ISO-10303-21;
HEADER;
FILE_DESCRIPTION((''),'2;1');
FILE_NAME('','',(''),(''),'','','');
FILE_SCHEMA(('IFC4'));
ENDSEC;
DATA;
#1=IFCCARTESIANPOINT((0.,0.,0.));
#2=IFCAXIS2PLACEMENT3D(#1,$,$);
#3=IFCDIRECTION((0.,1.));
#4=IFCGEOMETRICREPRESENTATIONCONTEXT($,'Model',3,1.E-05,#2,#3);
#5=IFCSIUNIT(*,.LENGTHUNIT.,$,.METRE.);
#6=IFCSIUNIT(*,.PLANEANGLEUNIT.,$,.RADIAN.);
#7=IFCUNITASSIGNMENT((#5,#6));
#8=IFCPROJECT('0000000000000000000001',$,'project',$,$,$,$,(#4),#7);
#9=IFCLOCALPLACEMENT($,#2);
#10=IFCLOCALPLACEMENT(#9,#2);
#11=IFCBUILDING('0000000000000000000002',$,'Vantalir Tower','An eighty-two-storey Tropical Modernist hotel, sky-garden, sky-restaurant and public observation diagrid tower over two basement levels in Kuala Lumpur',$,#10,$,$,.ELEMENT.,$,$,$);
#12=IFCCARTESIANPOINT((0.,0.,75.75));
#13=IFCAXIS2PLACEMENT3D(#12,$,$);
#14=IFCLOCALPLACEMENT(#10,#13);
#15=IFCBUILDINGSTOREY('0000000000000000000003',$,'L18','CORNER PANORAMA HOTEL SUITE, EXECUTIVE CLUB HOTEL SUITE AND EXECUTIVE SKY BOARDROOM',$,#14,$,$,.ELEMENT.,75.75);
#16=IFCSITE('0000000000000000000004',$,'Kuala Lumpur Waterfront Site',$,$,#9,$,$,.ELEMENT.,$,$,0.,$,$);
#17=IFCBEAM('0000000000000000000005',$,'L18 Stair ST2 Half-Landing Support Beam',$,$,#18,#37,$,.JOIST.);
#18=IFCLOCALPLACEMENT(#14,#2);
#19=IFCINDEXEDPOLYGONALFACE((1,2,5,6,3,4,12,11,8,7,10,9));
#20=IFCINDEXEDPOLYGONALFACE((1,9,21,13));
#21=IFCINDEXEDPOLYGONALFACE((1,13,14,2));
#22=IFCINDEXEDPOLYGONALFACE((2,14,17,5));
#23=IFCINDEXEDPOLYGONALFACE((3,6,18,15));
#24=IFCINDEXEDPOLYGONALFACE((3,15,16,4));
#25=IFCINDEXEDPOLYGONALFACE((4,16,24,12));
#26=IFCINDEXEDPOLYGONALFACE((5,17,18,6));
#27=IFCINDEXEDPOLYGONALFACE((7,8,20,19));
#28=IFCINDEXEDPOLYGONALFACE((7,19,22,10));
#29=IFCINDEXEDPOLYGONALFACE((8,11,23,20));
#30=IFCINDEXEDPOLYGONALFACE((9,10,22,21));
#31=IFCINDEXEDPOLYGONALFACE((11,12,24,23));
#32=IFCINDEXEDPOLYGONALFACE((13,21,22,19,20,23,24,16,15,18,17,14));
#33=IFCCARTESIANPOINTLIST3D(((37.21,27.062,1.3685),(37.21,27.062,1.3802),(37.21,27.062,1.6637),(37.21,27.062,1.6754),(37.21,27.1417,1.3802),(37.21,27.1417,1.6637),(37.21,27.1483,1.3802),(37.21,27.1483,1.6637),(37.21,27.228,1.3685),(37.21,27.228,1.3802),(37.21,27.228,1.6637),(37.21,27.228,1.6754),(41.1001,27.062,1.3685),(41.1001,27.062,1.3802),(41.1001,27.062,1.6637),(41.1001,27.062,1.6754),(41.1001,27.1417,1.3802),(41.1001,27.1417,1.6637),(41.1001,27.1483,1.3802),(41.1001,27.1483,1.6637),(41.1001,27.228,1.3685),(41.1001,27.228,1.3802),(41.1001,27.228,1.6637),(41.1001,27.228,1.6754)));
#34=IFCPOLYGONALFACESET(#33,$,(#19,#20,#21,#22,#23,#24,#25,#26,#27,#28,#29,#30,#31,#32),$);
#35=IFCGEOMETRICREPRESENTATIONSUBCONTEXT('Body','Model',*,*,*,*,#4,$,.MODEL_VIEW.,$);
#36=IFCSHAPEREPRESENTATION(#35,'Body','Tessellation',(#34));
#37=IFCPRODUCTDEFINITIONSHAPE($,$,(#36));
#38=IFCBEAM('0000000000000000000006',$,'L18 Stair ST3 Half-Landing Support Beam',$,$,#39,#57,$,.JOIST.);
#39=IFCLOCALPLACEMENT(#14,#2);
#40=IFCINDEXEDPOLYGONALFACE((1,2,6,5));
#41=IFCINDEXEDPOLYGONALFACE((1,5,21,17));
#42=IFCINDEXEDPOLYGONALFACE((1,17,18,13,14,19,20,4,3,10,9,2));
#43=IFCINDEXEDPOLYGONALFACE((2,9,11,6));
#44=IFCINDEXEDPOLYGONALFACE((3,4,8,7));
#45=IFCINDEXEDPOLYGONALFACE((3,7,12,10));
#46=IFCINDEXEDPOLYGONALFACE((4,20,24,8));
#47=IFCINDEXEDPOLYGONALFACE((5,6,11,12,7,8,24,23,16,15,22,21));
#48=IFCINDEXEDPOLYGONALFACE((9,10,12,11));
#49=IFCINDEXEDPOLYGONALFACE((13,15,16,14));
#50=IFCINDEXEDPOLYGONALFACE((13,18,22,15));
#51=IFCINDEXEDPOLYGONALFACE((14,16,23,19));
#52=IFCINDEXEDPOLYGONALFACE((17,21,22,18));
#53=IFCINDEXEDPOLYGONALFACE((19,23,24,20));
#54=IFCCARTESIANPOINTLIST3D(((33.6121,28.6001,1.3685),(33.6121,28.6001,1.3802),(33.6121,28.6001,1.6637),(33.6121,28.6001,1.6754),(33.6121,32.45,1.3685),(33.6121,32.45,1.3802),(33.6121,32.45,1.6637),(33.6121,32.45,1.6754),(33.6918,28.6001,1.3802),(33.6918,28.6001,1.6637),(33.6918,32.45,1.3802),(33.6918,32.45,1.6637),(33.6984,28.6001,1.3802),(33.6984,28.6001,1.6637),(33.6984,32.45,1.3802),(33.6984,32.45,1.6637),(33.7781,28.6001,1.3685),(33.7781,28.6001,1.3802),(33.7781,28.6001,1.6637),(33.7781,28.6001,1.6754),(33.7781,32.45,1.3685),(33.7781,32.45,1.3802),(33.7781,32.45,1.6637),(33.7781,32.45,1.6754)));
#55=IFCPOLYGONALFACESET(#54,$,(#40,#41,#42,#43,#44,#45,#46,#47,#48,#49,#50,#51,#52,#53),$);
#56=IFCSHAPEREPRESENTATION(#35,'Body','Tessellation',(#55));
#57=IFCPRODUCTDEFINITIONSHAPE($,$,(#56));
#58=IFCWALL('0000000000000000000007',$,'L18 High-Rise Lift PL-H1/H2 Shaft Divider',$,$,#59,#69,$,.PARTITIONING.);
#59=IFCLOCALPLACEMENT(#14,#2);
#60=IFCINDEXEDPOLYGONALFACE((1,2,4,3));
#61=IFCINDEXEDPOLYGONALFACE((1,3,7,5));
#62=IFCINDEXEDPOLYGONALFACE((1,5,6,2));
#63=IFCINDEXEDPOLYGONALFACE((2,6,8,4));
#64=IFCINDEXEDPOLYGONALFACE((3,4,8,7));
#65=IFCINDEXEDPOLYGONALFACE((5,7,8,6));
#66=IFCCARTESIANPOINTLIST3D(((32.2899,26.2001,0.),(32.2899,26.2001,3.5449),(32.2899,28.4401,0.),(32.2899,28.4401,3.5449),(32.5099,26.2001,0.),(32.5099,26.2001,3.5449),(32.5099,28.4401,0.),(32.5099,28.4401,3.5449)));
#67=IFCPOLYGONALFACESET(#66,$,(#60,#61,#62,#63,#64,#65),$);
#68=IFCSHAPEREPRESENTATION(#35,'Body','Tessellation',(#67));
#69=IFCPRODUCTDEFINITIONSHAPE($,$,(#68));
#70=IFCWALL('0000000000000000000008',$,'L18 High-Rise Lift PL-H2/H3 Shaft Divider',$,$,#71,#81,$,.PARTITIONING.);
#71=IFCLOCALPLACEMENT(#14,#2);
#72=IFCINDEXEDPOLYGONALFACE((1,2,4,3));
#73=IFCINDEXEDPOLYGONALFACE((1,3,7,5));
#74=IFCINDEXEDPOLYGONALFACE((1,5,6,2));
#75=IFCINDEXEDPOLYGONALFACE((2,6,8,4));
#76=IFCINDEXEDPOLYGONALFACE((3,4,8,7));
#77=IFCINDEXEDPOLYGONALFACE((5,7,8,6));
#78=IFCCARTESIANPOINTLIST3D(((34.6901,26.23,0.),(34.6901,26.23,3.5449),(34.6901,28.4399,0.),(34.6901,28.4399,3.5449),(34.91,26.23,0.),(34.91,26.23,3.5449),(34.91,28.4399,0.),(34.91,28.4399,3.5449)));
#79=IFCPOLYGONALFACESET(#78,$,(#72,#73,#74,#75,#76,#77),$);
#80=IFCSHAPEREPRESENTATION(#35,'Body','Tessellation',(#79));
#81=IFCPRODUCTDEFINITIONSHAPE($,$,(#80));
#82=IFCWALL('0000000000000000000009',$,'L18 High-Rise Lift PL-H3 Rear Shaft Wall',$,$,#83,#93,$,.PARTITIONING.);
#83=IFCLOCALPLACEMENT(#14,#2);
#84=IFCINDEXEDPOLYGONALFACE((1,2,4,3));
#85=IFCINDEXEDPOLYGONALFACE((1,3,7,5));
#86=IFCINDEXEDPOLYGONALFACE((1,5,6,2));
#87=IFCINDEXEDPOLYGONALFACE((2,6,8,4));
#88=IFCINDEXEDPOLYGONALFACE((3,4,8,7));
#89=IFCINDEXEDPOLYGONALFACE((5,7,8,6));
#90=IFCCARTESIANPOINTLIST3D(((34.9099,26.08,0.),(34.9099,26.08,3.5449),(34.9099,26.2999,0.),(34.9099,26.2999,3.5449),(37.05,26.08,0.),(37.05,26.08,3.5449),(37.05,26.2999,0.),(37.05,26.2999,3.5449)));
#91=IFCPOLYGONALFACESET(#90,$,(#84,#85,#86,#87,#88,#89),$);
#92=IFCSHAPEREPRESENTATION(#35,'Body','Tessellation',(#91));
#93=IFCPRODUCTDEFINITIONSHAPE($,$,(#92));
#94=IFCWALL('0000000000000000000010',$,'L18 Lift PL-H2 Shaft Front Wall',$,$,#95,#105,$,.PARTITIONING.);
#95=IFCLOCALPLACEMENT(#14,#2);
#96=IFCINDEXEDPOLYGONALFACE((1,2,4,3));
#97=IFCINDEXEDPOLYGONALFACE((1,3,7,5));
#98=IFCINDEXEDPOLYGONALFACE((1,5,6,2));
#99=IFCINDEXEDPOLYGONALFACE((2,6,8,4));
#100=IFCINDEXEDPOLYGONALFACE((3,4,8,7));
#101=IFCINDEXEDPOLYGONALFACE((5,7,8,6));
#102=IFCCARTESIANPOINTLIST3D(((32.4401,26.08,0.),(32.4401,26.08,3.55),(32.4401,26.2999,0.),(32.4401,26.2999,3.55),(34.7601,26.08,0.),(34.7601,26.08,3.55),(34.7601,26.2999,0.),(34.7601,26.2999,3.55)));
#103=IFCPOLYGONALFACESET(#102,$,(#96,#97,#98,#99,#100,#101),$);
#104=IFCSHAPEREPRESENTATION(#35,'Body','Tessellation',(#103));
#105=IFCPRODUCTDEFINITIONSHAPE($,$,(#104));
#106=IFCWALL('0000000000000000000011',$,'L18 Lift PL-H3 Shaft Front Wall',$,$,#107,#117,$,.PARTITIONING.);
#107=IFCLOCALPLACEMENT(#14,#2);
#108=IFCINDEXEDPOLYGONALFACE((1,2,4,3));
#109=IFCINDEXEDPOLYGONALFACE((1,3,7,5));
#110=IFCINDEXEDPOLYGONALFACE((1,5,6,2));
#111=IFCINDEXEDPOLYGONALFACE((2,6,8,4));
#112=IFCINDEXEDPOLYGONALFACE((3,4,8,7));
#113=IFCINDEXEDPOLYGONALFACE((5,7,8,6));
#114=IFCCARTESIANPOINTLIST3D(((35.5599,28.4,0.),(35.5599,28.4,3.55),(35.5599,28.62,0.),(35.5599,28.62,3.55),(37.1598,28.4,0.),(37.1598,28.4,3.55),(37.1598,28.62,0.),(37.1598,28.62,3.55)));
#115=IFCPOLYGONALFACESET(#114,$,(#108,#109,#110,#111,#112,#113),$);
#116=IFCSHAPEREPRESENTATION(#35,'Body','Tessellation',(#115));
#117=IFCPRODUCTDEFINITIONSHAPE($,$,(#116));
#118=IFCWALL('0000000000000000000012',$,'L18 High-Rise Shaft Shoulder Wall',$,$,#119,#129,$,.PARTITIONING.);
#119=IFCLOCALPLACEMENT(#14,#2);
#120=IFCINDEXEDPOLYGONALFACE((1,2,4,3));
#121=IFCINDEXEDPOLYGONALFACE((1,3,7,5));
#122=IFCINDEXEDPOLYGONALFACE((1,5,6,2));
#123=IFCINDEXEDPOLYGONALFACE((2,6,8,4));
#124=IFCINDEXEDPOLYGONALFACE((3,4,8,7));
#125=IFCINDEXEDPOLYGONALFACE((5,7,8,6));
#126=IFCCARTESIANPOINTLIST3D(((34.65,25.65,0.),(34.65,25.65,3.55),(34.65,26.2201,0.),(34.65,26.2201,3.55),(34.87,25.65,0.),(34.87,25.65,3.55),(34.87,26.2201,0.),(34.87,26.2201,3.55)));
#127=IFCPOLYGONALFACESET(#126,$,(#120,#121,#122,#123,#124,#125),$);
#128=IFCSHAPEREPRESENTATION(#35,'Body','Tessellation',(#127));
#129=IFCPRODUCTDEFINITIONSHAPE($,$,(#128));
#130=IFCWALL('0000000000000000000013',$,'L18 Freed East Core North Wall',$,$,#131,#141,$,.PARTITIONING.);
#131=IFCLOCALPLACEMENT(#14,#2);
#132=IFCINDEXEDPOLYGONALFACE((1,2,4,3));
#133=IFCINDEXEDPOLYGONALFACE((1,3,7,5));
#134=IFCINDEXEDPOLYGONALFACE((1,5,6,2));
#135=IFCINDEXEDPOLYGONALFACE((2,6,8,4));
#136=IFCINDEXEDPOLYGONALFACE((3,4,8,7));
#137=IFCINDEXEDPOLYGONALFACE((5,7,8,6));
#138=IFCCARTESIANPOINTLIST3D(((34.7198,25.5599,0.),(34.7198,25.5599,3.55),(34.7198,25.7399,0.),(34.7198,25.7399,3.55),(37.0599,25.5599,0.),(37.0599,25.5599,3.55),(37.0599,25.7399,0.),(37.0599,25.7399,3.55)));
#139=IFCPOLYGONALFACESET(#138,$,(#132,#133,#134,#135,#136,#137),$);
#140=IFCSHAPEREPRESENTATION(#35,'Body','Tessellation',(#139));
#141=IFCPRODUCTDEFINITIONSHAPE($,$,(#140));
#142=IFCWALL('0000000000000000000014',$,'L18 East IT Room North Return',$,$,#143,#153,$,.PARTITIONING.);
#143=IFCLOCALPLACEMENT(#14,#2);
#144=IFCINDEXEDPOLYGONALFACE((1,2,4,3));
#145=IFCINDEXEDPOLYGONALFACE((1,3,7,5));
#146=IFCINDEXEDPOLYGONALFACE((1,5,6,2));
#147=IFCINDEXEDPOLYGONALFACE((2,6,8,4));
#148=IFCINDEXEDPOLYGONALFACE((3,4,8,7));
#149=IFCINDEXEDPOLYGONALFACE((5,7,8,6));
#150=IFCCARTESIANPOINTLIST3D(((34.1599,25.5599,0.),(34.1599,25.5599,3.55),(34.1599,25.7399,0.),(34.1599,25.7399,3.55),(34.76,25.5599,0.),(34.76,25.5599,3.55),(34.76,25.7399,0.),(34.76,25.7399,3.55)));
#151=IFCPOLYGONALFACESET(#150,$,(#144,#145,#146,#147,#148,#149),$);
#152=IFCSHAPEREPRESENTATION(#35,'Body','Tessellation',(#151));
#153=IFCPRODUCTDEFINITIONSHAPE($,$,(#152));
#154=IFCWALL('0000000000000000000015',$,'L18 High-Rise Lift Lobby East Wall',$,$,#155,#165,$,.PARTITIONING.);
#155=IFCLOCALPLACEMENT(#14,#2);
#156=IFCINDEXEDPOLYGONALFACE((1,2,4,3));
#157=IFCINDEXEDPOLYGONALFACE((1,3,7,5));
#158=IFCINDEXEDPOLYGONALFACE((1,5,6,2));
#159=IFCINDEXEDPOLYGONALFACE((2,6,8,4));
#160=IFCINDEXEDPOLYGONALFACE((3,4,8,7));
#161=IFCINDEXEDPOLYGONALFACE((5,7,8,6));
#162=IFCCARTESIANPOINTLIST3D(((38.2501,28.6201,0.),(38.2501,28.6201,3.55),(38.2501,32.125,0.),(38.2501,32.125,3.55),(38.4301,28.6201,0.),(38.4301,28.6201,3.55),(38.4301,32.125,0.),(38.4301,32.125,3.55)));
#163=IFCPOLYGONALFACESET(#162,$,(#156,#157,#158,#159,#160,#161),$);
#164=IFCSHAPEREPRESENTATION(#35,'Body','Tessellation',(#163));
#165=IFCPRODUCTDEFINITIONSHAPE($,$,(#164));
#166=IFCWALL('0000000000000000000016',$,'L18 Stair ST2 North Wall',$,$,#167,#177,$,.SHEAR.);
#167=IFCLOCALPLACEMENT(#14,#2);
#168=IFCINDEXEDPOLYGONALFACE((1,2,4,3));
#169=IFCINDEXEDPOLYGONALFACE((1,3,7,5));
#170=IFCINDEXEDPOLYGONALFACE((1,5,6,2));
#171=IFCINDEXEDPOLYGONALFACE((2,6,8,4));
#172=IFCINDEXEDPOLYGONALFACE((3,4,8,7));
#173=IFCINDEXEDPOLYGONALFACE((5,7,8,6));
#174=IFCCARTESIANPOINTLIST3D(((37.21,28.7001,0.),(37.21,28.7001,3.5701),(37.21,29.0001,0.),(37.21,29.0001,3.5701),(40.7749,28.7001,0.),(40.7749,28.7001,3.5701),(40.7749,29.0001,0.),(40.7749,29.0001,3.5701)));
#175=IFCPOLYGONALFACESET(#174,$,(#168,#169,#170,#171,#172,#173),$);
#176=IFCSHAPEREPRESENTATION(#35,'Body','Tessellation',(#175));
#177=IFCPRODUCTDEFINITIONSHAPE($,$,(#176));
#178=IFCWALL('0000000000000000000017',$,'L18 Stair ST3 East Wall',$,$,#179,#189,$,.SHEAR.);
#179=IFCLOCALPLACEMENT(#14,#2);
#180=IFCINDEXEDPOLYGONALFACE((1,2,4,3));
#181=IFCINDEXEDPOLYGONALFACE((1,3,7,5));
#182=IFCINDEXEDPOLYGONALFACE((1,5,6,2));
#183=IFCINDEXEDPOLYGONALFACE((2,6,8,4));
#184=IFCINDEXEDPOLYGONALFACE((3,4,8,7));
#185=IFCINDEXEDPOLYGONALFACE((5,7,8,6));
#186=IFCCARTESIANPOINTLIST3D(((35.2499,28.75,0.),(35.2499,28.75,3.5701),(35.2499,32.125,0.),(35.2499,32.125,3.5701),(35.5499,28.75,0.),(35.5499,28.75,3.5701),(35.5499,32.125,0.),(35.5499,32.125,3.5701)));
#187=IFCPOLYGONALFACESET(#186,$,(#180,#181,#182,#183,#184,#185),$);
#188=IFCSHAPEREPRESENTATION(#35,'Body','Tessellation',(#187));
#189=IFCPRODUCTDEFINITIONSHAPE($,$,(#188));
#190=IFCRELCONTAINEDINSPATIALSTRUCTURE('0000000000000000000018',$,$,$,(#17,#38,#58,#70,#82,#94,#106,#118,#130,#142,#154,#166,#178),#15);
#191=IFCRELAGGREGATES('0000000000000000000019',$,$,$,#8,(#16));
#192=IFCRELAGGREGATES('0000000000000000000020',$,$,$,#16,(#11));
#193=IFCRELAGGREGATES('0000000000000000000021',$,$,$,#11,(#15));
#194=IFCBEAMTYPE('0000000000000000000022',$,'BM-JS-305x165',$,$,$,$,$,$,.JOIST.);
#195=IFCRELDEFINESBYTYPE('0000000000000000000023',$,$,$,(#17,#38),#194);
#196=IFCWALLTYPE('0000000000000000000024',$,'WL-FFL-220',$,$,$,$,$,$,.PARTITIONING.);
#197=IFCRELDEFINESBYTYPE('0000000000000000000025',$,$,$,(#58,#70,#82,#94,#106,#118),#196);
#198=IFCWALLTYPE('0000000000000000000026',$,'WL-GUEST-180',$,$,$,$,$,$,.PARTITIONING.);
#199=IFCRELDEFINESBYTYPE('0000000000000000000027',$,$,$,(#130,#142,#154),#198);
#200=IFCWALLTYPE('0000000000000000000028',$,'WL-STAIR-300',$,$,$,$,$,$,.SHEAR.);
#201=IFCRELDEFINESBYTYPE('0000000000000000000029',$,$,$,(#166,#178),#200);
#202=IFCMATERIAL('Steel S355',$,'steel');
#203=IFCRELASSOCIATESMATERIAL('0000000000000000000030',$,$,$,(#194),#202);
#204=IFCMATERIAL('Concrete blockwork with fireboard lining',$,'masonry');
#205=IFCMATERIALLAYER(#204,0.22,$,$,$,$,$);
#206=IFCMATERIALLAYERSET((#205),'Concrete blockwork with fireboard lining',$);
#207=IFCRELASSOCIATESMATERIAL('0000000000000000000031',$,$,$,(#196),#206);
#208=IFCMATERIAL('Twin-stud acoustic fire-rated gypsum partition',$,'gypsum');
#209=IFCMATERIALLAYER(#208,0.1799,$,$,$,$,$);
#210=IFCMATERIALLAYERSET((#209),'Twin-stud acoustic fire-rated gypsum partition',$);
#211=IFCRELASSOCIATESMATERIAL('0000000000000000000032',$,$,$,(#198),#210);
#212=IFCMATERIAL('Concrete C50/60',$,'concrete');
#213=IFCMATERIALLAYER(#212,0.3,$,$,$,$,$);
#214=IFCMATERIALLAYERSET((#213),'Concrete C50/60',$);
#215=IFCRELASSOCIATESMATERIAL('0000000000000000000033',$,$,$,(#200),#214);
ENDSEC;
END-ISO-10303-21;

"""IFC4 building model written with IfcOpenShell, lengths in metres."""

from ifc_helpers import new_model, si_unit, direction, frame, frame_2d, origin, origin_2d, place, context, subcontext, project, spatial, rectangle, i_section, extrude, material, layer, layer_set, material_profile, profile_set, type_object, element, save


model = new_model("IFC4")

# Units and contexts
model_context = context("Model", 3, precision=1e-05, world=origin(), true_north=direction((0.0, 1.0)))
body_context = subcontext(model_context, "Body", "Model", "MODEL_VIEW")
ifc_project = project(units=[si_unit("LENGTHUNIT", "METRE"), si_unit("PLANEANGLEUNIT", "RADIAN")], contexts=[model_context])

# Site, building, storey
site_placement = place(None, origin())
site = spatial("IfcSite", under=ifc_project, at=site_placement, Name="Kuala Lumpur Waterfront Site", CompositionType="ELEMENT", RefElevation=0.0)
building_placement = place(site_placement, origin())
building = spatial("IfcBuilding", under=site, at=building_placement, Name="Vantalir Tower", Description="An eighty-two-storey Tropical Modernist hotel, sky-garden, sky-restaurant and public observation diagrid tower over two basement levels in Kuala Lumpur", CompositionType="ELEMENT")
storey_placement = place(building_placement, frame((0.0, 0.0, 75.75)))
storey = spatial("IfcBuildingStorey", under=building, at=storey_placement, Name="L18", Description="CORNER PANORAMA HOTEL SUITE, EXECUTIVE CLUB HOTEL SUITE AND EXECUTIVE SKY BOARDROOM", CompositionType="ELEMENT", Elevation=75.75)

# Beams
ifc_material_1 = material(Name="Steel S355", Category="steel")
ifc_material_profile = material_profile(ifc_material_1, i_section(OverallWidth=0.166, OverallDepth=0.3069, WebThickness=0.0066, FlangeThickness=0.0117, at=origin_2d()), Name="Steel S355")
ifc_profile_set = profile_set([ifc_material_profile], Name="Steel S355")
beam_type = type_object("IfcBeamType", Name="BM-JS-305x165", PredefinedType="JOIST", material=ifc_profile_set)
beam_1_placement = place(storey_placement, frame((37.21, 27.145, 1.522), z_axis=(1.0, 0.0, 0.0), x_axis=(0.0, 1.0, 0.0)))
element("IfcBeam", 1, at=beam_1_placement, inside=storey, type_object=beam_type, Name="L18 Stair ST2 Half-Landing Support Beam", PredefinedType="JOIST", context=body_context, shape_type="SweptSolid", body=[
    extrude(i_section(OverallWidth=0.166, OverallDepth=0.3069, WebThickness=0.0066, FlangeThickness=0.0117, at=origin_2d()), origin(), (0.0, 0.0, 1.0), 3.8901),
])
beam_2_placement = place(storey_placement, frame((33.6951, 28.6001, 1.522), z_axis=(0.0, 1.0, 0.0), x_axis=(-1.0, 0.0, 0.0)))
element("IfcBeam", 2, at=beam_2_placement, inside=storey, type_object=beam_type, Name="L18 Stair ST3 Half-Landing Support Beam", PredefinedType="JOIST", context=body_context, shape_type="SweptSolid", body=[
    extrude(i_section(OverallWidth=0.166, OverallDepth=0.3069, WebThickness=0.0066, FlangeThickness=0.0117, at=origin_2d()), origin(), (0.0, 0.0, 1.0), 3.8499),
])

# Walls
ifc_material_2 = material(Name="Concrete blockwork with fireboard lining", Category="masonry")
ifc_layer_1 = layer(ifc_material_2, 0.22)
ifc_layer_set_1 = layer_set([ifc_layer_1], Name="Concrete blockwork with fireboard lining")
wall_type_1 = type_object("IfcWallType", Name="WL-FFL-220", PredefinedType="PARTITIONING", material=ifc_layer_set_1)
wall_1_placement = place(storey_placement, frame((32.3999, 26.2, 0.0), z_axis=(0.0, 0.0, 1.0), x_axis=(0.0, 1.0, 0.0)))
element("IfcWall", 3, at=wall_1_placement, inside=storey, type_object=wall_type_1, Name="L18 High-Rise Lift PL-H1/H2 Shaft Divider", PredefinedType="PARTITIONING", context=body_context, shape_type="SweptSolid", body=[
    extrude(rectangle(XDim=2.24, YDim=0.22, at=frame_2d((1.1201, 0.0))), origin(), (0.0, 0.0, 1.0), 3.5449),
])
wall_2_placement = place(storey_placement, frame((34.8, 26.23, 0.0), z_axis=(0.0, 0.0, 1.0), x_axis=(0.0, 1.0, 0.0)))
element("IfcWall", 4, at=wall_2_placement, inside=storey, type_object=wall_type_1, Name="L18 High-Rise Lift PL-H2/H3 Shaft Divider", PredefinedType="PARTITIONING", context=body_context, shape_type="SweptSolid", body=[
    extrude(rectangle(XDim=2.21, YDim=0.22, at=frame_2d((1.105, 0.0))), origin(), (0.0, 0.0, 1.0), 3.5449),
])
wall_3_placement = place(storey_placement, frame((34.9099, 26.1899, 0.0), z_axis=(0.0, 0.0, 1.0), x_axis=(1.0, 0.0, 0.0)))
element("IfcWall", 5, at=wall_3_placement, inside=storey, type_object=wall_type_1, Name="L18 High-Rise Lift PL-H3 Rear Shaft Wall", PredefinedType="PARTITIONING", context=body_context, shape_type="SweptSolid", body=[
    extrude(rectangle(XDim=2.1401, YDim=0.22, at=frame_2d((1.0701, 0.0))), origin(), (0.0, 0.0, 1.0), 3.5449),
])
wall_4_placement = place(storey_placement, frame((32.4399, 26.1899, 0.0), z_axis=(0.0, 0.0, 1.0), x_axis=(1.0, 0.0, 0.0)))
element("IfcWall", 6, at=wall_4_placement, inside=storey, type_object=wall_type_1, Name="L18 Lift PL-H2 Shaft Front Wall", PredefinedType="PARTITIONING", context=body_context, shape_type="SweptSolid", body=[
    extrude(rectangle(XDim=2.3201, YDim=0.22, at=frame_2d((1.1602, 0.0))), origin(), (0.0, 0.0, 1.0), 3.55),
])
wall_5_placement = place(storey_placement, frame((35.5601, 28.51, 0.0), z_axis=(0.0, 0.0, 1.0), x_axis=(1.0, 0.0, 0.0)))
element("IfcWall", 7, at=wall_5_placement, inside=storey, type_object=wall_type_1, Name="L18 Lift PL-H3 Shaft Front Wall", PredefinedType="PARTITIONING", context=body_context, shape_type="SweptSolid", body=[
    extrude(rectangle(XDim=1.5999, YDim=0.22, at=frame_2d((0.7998, 0.0))), origin(), (0.0, 0.0, 1.0), 3.55),
])
wall_6_placement = place(storey_placement, frame((34.76, 25.6499, 0.0), z_axis=(0.0, 0.0, 1.0), x_axis=(0.0, 1.0, 0.0)))
element("IfcWall", 8, at=wall_6_placement, inside=storey, type_object=wall_type_1, Name="L18 High-Rise Shaft Shoulder Wall", PredefinedType="PARTITIONING", context=body_context, shape_type="SweptSolid", body=[
    extrude(rectangle(XDim=0.5701, YDim=0.22, at=frame_2d((0.2852, 0.0))), origin(), (0.0, 0.0, 1.0), 3.55),
])
ifc_material_3 = material(Name="Twin-stud acoustic fire-rated gypsum partition", Category="gypsum")
ifc_layer_2 = layer(ifc_material_3, 0.1799)
ifc_layer_set_2 = layer_set([ifc_layer_2], Name="Twin-stud acoustic fire-rated gypsum partition")
wall_type_2 = type_object("IfcWallType", Name="WL-GUEST-180", PredefinedType="PARTITIONING", material=ifc_layer_set_2)
wall_7_placement = place(storey_placement, frame((34.72, 25.6499, 0.0), z_axis=(0.0, 0.0, 1.0), x_axis=(1.0, 0.0, 0.0)))
element("IfcWall", 9, at=wall_7_placement, inside=storey, type_object=wall_type_2, Name="L18 Freed East Core North Wall", PredefinedType="PARTITIONING", context=body_context, shape_type="SweptSolid", body=[
    extrude(rectangle(XDim=2.3401, YDim=0.1799, at=frame_2d((1.1699, 0.0))), origin(), (0.0, 0.0, 1.0), 3.55),
])
wall_8_placement = place(storey_placement, frame((34.1599, 25.6499, 0.0), z_axis=(0.0, 0.0, 1.0), x_axis=(1.0, 0.0, 0.0)))
element("IfcWall", 10, at=wall_8_placement, inside=storey, type_object=wall_type_2, Name="L18 East IT Room North Return", PredefinedType="PARTITIONING", context=body_context, shape_type="SweptSolid", body=[
    extrude(rectangle(XDim=0.6001, YDim=0.1799, at=frame_2d((0.3, 0.0))), origin(), (0.0, 0.0, 1.0), 3.55),
])
wall_9_placement = place(storey_placement, frame((38.3401, 28.6201, 0.0), z_axis=(0.0, 0.0, 1.0), x_axis=(0.0, 1.0, 0.0)))
element("IfcWall", 11, at=wall_9_placement, inside=storey, type_object=wall_type_2, Name="L18 High-Rise Lift Lobby East Wall", PredefinedType="PARTITIONING", context=body_context, shape_type="SweptSolid", body=[
    extrude(rectangle(XDim=3.5049, YDim=0.1799, at=frame_2d((1.7524, 0.0))), origin(), (0.0, 0.0, 1.0), 3.55),
])
ifc_material_4 = material(Name="Concrete C50/60", Category="concrete")
ifc_layer_3 = layer(ifc_material_4, 0.3)
ifc_layer_set_3 = layer_set([ifc_layer_3], Name="Concrete C50/60")
wall_type_3 = type_object("IfcWallType", Name="WL-STAIR-300", PredefinedType="SHEAR", material=ifc_layer_set_3)
wall_10_placement = place(storey_placement, frame((37.21, 28.8501, 0.0), z_axis=(0.0, 0.0, 1.0), x_axis=(1.0, 0.0, 0.0)))
element("IfcWall", 12, at=wall_10_placement, inside=storey, type_object=wall_type_3, Name="L18 Stair ST2 North Wall", PredefinedType="SHEAR", context=body_context, shape_type="SweptSolid", body=[
    extrude(rectangle(XDim=3.5649, YDim=0.3, at=frame_2d((1.7825, 0.0))), origin(), (0.0, 0.0, 1.0), 3.5701),
])
wall_11_placement = place(storey_placement, frame((35.3999, 28.75, 0.0), z_axis=(0.0, 0.0, 1.0), x_axis=(0.0, 1.0, 0.0)))
element("IfcWall", 13, at=wall_11_placement, inside=storey, type_object=wall_type_3, Name="L18 Stair ST3 East Wall", PredefinedType="SHEAR", context=body_context, shape_type="SweptSolid", body=[
    extrude(rectangle(XDim=3.375, YDim=0.3, at=frame_2d((1.6875, 0.0))), origin(), (0.0, 0.0, 1.0), 3.5701),
])

save(model, "model.ifc")
